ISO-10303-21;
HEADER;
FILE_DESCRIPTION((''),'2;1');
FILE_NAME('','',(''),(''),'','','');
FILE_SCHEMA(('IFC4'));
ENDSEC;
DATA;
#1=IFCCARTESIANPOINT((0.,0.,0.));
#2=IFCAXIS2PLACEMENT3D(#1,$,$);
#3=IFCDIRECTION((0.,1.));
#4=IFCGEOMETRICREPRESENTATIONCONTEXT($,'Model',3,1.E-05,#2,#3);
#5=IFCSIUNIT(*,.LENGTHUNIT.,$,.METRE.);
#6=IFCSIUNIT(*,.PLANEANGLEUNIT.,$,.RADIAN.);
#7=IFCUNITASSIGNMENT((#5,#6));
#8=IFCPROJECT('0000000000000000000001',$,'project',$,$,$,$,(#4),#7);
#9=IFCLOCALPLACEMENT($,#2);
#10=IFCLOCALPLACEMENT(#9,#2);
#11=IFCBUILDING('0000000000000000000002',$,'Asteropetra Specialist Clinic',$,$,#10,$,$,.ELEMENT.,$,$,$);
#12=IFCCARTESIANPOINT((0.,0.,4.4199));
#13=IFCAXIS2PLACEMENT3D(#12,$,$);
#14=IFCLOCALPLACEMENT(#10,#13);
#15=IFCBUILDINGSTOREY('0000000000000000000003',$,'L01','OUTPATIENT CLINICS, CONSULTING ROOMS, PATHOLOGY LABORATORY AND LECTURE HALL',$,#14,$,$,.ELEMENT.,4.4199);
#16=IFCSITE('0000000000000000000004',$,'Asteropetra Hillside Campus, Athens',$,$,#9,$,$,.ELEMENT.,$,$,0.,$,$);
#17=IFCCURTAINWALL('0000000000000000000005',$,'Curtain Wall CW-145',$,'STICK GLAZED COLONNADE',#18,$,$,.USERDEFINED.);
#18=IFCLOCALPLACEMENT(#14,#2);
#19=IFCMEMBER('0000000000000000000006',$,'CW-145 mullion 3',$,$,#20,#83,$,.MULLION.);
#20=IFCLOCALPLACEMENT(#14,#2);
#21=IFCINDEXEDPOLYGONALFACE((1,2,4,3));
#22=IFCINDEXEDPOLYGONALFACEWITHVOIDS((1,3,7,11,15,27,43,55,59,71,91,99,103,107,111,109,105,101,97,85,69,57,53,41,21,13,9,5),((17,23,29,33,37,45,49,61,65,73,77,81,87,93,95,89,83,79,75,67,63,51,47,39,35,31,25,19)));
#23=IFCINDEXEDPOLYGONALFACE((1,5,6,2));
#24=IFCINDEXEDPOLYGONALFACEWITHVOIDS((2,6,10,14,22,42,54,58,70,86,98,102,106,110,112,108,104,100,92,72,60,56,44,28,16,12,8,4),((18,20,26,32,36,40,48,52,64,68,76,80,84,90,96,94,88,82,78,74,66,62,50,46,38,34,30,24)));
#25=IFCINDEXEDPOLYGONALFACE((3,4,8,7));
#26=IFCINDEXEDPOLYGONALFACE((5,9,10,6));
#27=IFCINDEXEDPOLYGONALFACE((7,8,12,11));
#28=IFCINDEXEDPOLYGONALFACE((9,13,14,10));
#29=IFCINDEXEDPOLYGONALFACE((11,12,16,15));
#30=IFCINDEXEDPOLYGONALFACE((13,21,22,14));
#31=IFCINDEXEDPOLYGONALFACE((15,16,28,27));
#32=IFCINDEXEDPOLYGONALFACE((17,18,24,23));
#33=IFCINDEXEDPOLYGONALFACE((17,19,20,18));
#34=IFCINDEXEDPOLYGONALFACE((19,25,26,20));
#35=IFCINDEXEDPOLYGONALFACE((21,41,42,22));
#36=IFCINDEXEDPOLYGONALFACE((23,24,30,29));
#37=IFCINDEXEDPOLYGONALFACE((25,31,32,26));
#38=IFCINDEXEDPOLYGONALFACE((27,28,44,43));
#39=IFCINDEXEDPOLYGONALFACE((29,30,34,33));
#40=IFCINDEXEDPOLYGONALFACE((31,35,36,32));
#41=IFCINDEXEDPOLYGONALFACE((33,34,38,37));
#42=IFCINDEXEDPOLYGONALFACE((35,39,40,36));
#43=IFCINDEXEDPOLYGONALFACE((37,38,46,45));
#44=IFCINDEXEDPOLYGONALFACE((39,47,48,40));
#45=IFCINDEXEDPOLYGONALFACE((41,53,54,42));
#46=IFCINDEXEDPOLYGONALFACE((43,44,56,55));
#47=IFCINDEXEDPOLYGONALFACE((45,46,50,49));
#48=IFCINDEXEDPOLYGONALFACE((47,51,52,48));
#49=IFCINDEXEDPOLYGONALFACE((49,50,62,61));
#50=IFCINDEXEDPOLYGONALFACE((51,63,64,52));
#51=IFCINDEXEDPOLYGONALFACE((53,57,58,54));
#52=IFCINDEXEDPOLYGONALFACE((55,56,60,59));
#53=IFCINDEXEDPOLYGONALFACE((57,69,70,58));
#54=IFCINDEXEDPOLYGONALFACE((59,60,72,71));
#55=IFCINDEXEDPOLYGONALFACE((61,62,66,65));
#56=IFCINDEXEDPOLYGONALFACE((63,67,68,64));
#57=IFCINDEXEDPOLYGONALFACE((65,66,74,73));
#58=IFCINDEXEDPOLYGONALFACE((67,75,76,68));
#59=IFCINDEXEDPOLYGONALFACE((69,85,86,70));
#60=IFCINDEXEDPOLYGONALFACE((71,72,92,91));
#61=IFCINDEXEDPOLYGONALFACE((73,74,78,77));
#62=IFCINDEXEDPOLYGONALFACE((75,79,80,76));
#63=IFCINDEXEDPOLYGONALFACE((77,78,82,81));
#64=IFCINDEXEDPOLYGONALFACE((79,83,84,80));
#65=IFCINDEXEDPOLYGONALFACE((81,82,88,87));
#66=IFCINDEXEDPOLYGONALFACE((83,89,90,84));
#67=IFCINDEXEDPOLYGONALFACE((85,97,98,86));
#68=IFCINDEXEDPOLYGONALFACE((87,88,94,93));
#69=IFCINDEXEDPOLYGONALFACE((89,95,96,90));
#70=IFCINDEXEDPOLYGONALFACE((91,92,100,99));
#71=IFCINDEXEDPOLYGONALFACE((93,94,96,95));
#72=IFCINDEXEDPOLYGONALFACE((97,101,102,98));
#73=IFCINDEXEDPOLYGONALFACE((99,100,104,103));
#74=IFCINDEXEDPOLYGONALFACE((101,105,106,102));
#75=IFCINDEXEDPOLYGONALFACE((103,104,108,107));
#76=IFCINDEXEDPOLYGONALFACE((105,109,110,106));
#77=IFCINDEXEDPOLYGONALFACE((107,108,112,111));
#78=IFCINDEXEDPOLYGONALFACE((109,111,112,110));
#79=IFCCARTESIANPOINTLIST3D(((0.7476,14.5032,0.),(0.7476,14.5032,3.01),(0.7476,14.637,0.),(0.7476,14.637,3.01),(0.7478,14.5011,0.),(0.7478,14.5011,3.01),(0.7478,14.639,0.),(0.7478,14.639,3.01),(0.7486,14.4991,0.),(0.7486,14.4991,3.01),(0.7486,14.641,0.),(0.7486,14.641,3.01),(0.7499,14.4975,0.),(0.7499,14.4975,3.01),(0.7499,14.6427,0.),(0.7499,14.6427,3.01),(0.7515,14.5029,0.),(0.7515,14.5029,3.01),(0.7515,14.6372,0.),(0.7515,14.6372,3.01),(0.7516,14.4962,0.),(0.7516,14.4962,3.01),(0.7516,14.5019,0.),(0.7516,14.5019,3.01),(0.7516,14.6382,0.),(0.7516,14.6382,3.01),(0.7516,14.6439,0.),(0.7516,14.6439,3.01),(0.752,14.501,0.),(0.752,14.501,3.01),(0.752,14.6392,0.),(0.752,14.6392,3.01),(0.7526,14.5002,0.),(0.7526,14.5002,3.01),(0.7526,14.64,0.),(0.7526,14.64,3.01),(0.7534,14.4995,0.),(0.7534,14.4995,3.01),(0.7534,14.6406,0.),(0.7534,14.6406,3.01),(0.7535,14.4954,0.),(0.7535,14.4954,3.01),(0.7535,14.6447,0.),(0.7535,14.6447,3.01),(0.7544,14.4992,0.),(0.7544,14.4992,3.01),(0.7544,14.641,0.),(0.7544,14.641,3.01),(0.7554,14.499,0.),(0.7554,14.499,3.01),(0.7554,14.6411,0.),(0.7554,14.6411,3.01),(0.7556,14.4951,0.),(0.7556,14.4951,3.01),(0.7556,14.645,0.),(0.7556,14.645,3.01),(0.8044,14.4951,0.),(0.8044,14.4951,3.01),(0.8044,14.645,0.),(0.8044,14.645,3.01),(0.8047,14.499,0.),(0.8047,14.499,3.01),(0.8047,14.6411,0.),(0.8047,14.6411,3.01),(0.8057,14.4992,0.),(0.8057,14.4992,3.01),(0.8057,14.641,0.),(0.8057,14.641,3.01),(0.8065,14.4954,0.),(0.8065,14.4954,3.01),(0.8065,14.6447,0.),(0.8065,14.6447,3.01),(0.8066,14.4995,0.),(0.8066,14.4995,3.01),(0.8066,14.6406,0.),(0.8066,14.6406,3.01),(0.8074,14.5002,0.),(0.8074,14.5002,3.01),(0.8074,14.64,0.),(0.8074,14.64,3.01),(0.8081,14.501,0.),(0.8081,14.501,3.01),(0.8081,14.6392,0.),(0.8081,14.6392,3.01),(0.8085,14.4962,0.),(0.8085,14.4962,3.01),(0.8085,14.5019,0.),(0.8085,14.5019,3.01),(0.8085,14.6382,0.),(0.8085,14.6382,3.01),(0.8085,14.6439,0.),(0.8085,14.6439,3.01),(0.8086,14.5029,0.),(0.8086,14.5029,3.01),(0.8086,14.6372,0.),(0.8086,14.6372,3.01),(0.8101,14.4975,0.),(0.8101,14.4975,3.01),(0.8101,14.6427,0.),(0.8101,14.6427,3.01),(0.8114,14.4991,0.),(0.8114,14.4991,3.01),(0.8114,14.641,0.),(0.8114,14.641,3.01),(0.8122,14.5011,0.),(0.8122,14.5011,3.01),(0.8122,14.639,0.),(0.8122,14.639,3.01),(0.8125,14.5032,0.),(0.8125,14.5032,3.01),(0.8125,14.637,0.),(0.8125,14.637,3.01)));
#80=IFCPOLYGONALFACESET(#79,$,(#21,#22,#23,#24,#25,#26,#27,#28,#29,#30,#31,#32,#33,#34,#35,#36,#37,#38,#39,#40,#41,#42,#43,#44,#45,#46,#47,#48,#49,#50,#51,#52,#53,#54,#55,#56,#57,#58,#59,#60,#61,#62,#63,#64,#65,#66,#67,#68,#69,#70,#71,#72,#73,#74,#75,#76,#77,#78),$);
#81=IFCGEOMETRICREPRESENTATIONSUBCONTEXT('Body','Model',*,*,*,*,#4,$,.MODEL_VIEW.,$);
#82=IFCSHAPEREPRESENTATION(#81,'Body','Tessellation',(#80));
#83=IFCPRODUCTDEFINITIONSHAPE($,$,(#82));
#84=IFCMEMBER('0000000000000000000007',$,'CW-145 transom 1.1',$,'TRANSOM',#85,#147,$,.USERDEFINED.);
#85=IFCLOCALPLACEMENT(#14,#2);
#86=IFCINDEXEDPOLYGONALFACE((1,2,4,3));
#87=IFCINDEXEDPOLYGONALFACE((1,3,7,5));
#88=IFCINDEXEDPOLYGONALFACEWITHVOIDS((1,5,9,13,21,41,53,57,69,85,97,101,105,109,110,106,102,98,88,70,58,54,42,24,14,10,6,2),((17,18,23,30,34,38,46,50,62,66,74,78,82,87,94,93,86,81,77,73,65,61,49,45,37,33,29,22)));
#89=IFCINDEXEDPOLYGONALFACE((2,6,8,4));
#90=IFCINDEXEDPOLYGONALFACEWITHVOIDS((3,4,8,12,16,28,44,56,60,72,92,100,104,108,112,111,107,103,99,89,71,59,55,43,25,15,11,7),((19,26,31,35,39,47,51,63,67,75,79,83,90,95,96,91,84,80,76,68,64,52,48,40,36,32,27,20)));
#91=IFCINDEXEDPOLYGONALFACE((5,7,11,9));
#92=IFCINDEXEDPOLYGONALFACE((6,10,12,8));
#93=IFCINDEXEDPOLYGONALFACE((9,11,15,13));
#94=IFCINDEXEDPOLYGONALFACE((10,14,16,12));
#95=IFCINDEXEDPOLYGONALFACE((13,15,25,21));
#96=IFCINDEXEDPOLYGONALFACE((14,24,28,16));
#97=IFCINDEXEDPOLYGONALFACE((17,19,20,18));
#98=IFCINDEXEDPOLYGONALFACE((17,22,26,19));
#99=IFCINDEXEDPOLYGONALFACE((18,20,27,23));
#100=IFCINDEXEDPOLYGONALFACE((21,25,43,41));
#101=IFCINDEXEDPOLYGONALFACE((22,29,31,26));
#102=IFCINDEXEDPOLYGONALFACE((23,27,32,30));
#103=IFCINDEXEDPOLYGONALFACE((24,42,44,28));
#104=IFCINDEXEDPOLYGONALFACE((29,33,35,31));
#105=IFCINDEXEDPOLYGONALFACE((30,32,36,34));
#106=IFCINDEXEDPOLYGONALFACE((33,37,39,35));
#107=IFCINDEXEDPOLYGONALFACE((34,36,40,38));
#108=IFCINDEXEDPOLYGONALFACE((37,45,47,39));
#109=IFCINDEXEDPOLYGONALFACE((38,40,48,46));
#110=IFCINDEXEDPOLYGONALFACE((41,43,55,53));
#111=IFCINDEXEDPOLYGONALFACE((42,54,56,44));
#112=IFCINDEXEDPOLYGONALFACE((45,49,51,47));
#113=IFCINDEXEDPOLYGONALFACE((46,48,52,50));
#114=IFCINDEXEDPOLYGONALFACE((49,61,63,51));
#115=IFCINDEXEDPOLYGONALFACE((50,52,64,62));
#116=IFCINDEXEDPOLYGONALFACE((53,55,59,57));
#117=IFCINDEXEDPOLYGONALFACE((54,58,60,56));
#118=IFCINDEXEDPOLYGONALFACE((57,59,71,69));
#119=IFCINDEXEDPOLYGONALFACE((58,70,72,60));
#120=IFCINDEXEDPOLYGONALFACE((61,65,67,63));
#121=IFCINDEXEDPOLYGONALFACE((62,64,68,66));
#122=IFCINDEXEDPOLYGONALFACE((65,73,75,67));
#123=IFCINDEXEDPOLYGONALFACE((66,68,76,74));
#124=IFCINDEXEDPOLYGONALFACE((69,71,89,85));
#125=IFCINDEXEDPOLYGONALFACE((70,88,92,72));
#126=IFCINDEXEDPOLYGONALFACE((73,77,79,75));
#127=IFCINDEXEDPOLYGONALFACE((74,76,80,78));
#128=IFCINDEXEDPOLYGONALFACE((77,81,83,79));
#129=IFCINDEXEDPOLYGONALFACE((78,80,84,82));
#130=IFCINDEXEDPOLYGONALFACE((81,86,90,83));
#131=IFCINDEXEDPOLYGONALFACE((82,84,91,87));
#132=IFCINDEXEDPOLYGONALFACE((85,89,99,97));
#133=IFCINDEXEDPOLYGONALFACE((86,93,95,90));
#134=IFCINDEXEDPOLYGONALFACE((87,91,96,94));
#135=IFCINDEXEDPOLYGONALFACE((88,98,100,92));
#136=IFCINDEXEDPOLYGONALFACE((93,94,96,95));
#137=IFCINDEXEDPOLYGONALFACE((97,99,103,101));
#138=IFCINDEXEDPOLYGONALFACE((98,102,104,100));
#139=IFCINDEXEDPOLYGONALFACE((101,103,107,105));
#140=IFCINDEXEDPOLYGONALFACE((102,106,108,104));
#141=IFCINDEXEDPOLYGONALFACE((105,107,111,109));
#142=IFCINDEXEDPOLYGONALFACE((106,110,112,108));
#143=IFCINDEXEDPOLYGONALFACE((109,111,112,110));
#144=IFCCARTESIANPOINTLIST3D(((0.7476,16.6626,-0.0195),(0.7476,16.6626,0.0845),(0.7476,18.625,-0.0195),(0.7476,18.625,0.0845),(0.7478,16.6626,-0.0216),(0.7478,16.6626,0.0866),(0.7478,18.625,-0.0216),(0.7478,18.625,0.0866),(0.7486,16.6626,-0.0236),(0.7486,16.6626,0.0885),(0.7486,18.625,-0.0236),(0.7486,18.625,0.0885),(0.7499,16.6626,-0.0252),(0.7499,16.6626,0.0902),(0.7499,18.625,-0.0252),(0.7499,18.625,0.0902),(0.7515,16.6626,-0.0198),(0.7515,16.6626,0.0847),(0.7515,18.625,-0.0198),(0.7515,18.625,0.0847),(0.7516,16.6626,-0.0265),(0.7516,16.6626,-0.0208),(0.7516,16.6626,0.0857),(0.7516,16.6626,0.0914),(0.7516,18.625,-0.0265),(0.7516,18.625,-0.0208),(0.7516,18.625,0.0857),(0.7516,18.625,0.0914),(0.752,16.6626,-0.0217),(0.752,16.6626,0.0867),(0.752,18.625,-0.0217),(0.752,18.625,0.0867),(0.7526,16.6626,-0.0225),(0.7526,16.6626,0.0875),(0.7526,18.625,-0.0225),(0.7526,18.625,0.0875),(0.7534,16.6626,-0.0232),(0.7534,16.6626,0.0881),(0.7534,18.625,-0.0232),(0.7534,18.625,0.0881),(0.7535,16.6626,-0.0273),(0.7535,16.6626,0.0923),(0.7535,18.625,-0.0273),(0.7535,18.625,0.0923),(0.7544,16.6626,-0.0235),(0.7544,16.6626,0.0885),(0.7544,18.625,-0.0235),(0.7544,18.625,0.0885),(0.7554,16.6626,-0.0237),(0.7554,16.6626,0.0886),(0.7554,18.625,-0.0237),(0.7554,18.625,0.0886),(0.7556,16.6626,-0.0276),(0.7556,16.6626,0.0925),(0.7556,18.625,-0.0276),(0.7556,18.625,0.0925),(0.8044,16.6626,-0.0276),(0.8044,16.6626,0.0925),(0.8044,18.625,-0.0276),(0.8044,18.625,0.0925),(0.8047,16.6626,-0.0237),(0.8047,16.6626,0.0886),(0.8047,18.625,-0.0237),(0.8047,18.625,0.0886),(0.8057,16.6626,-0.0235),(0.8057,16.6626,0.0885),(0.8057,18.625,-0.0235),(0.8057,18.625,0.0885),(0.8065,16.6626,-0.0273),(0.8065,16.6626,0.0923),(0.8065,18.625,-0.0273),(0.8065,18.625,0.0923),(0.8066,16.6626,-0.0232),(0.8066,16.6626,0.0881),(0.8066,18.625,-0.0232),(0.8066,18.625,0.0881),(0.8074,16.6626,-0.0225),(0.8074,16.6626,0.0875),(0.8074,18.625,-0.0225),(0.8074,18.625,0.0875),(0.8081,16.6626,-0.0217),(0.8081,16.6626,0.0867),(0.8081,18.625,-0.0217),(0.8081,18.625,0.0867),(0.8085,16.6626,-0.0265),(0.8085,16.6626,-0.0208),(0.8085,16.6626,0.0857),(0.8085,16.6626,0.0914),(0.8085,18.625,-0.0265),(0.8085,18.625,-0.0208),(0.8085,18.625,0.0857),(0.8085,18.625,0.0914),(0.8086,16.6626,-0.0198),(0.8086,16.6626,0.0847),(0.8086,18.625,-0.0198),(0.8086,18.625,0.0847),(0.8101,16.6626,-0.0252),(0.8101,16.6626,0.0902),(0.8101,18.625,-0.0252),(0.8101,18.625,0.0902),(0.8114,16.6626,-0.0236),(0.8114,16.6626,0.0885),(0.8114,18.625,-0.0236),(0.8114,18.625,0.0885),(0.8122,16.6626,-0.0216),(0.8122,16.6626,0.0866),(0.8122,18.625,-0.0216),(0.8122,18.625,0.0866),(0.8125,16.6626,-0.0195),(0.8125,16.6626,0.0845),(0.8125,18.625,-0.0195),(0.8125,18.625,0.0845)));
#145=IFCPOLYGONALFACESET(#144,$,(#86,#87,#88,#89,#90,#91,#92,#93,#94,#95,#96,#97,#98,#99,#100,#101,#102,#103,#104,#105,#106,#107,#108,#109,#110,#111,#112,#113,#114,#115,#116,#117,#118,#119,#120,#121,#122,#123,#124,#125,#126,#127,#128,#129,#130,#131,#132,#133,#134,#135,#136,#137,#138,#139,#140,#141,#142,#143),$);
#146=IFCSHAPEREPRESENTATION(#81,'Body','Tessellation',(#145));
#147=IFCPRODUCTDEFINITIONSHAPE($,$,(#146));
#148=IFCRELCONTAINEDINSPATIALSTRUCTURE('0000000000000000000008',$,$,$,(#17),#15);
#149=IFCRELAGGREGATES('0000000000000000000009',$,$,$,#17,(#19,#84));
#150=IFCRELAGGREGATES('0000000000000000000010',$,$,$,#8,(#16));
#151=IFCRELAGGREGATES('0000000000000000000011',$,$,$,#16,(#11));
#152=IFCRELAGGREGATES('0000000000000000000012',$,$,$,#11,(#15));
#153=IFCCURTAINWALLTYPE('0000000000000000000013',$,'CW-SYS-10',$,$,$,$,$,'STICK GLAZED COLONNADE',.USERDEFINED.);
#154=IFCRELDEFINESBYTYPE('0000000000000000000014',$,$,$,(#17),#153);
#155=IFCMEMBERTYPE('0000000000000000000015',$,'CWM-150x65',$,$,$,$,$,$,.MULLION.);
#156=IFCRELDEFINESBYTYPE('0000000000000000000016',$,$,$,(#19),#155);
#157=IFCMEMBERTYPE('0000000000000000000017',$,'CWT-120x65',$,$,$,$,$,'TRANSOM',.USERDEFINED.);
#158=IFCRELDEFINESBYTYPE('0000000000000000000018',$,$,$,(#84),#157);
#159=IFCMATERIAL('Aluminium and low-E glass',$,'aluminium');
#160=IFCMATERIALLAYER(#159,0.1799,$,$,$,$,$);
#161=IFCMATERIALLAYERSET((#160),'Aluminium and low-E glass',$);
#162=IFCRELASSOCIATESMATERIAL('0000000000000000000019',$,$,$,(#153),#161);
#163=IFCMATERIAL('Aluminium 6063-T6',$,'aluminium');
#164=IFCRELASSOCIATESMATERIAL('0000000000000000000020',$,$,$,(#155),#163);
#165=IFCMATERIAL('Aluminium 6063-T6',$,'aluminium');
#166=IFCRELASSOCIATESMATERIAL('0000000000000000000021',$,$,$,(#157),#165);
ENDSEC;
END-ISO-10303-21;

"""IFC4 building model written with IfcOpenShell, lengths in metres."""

from ifc_helpers import new_model, si_unit, direction, frame, origin, origin_2d, place, context, subcontext, project, spatial, hollow_rectangle, extrude, material, layer, layer_set, material_profile, profile_set, type_object, element, aggregate, save


model = new_model("IFC4")

# Units and contexts
model_context = context("Model", 3, precision=1e-05, world=origin(), true_north=direction((0.0, 1.0)))
body_context = subcontext(model_context, "Body", "Model", "MODEL_VIEW")
ifc_project = project(units=[si_unit("LENGTHUNIT", "METRE"), si_unit("PLANEANGLEUNIT", "RADIAN")], contexts=[model_context])

# Site, building, storey
site_placement = place(None, origin())
site = spatial("IfcSite", under=ifc_project, at=site_placement, Name="Asteropetra Hillside Campus, Athens", CompositionType="ELEMENT", RefElevation=0.0)
building_placement = place(site_placement, origin())
building = spatial("IfcBuilding", under=site, at=building_placement, Name="Asteropetra Specialist Clinic", CompositionType="ELEMENT")
storey_placement = place(building_placement, frame((0.0, 0.0, 4.4199)))
storey = spatial("IfcBuildingStorey", under=building, at=storey_placement, Name="L01", Description="OUTPATIENT CLINICS, CONSULTING ROOMS, PATHOLOGY LABORATORY AND LECTURE HALL", CompositionType="ELEMENT", Elevation=4.4199)

# Curtain wall, members
ifc_material_1 = material(Name="Aluminium and low-E glass", Category="aluminium")
ifc_layer_1 = layer(ifc_material_1, 0.1799)
ifc_layer_set_1 = layer_set([ifc_layer_1], Name="Aluminium and low-E glass")
curtain_wall_type = type_object("IfcCurtainWallType", Name="CW-SYS-10", ElementType="STICK GLAZED COLONNADE", PredefinedType="USERDEFINED", material=ifc_layer_set_1)
curtain_wall_placement = place(storey_placement, origin())
curtain_wall = element("IfcCurtainWall", 1, at=curtain_wall_placement, inside=storey, type_object=curtain_wall_type, Name="Curtain Wall CW-145", ObjectType="STICK GLAZED COLONNADE", PredefinedType="USERDEFINED")
ifc_material_2 = material(Name="Aluminium 6063-T6", Category="aluminium")
ifc_material_profile_1 = material_profile(ifc_material_2, hollow_rectangle(XDim=0.0649, YDim=0.1499, WallThickness=0.0039, InnerFilletRadius=0.0039, OuterFilletRadius=0.0081, at=origin_2d()), Name="MUL 150x65x4.0")
ifc_profile_set_1 = profile_set([ifc_material_profile_1], Name="Aluminium 6063-T6")
member_type_1 = type_object("IfcMemberType", Name="CWM-150x65", PredefinedType="MULLION", material=ifc_profile_set_1)
member_1_placement = place(storey_placement, frame((0.78, 14.5701, 0.0), z_axis=(0.0, 0.0, 1.0), x_axis=(1.0, 0.0, 0.0)))
member_1 = element("IfcMember", 2, at=member_1_placement, type_object=member_type_1, Name="CW-145 mullion 3", PredefinedType="MULLION", context=body_context, shape_type="SweptSolid", body=[
    extrude(hollow_rectangle(XDim=0.0649, YDim=0.1499, WallThickness=0.0039, InnerFilletRadius=0.0039, OuterFilletRadius=0.0081, at=origin_2d()), origin(), (0.0, 0.0, 1.0), 3.01),
])
ifc_material_3 = material(Name="Aluminium 6063-T6", Category="aluminium")
ifc_material_profile_2 = material_profile(ifc_material_3, hollow_rectangle(XDim=0.0649, YDim=0.1201, WallThickness=0.0039, InnerFilletRadius=0.0039, OuterFilletRadius=0.0081, at=origin_2d()), Name="TRN 120x65x4.0")
ifc_profile_set_2 = profile_set([ifc_material_profile_2], Name="Aluminium 6063-T6")
member_type_2 = type_object("IfcMemberType", Name="CWT-120x65", ElementType="TRANSOM", PredefinedType="USERDEFINED", material=ifc_profile_set_2)
member_2_placement = place(storey_placement, frame((0.78, 18.625, 0.0325), z_axis=(0.0, -1.0, 0.0), x_axis=(1.0, 0.0, 0.0)))
member_2 = element("IfcMember", 3, at=member_2_placement, type_object=member_type_2, Name="CW-145 transom 1.1", ObjectType="TRANSOM", PredefinedType="USERDEFINED", context=body_context, shape_type="SweptSolid", body=[
    extrude(hollow_rectangle(XDim=0.0649, YDim=0.1201, WallThickness=0.0039, InnerFilletRadius=0.0039, OuterFilletRadius=0.0081, at=origin_2d()), origin(), (0.0, 0.0, 1.0), 1.9624),
])
aggregate(curtain_wall, [member_1, member_2])

save(model, "model.ifc")
